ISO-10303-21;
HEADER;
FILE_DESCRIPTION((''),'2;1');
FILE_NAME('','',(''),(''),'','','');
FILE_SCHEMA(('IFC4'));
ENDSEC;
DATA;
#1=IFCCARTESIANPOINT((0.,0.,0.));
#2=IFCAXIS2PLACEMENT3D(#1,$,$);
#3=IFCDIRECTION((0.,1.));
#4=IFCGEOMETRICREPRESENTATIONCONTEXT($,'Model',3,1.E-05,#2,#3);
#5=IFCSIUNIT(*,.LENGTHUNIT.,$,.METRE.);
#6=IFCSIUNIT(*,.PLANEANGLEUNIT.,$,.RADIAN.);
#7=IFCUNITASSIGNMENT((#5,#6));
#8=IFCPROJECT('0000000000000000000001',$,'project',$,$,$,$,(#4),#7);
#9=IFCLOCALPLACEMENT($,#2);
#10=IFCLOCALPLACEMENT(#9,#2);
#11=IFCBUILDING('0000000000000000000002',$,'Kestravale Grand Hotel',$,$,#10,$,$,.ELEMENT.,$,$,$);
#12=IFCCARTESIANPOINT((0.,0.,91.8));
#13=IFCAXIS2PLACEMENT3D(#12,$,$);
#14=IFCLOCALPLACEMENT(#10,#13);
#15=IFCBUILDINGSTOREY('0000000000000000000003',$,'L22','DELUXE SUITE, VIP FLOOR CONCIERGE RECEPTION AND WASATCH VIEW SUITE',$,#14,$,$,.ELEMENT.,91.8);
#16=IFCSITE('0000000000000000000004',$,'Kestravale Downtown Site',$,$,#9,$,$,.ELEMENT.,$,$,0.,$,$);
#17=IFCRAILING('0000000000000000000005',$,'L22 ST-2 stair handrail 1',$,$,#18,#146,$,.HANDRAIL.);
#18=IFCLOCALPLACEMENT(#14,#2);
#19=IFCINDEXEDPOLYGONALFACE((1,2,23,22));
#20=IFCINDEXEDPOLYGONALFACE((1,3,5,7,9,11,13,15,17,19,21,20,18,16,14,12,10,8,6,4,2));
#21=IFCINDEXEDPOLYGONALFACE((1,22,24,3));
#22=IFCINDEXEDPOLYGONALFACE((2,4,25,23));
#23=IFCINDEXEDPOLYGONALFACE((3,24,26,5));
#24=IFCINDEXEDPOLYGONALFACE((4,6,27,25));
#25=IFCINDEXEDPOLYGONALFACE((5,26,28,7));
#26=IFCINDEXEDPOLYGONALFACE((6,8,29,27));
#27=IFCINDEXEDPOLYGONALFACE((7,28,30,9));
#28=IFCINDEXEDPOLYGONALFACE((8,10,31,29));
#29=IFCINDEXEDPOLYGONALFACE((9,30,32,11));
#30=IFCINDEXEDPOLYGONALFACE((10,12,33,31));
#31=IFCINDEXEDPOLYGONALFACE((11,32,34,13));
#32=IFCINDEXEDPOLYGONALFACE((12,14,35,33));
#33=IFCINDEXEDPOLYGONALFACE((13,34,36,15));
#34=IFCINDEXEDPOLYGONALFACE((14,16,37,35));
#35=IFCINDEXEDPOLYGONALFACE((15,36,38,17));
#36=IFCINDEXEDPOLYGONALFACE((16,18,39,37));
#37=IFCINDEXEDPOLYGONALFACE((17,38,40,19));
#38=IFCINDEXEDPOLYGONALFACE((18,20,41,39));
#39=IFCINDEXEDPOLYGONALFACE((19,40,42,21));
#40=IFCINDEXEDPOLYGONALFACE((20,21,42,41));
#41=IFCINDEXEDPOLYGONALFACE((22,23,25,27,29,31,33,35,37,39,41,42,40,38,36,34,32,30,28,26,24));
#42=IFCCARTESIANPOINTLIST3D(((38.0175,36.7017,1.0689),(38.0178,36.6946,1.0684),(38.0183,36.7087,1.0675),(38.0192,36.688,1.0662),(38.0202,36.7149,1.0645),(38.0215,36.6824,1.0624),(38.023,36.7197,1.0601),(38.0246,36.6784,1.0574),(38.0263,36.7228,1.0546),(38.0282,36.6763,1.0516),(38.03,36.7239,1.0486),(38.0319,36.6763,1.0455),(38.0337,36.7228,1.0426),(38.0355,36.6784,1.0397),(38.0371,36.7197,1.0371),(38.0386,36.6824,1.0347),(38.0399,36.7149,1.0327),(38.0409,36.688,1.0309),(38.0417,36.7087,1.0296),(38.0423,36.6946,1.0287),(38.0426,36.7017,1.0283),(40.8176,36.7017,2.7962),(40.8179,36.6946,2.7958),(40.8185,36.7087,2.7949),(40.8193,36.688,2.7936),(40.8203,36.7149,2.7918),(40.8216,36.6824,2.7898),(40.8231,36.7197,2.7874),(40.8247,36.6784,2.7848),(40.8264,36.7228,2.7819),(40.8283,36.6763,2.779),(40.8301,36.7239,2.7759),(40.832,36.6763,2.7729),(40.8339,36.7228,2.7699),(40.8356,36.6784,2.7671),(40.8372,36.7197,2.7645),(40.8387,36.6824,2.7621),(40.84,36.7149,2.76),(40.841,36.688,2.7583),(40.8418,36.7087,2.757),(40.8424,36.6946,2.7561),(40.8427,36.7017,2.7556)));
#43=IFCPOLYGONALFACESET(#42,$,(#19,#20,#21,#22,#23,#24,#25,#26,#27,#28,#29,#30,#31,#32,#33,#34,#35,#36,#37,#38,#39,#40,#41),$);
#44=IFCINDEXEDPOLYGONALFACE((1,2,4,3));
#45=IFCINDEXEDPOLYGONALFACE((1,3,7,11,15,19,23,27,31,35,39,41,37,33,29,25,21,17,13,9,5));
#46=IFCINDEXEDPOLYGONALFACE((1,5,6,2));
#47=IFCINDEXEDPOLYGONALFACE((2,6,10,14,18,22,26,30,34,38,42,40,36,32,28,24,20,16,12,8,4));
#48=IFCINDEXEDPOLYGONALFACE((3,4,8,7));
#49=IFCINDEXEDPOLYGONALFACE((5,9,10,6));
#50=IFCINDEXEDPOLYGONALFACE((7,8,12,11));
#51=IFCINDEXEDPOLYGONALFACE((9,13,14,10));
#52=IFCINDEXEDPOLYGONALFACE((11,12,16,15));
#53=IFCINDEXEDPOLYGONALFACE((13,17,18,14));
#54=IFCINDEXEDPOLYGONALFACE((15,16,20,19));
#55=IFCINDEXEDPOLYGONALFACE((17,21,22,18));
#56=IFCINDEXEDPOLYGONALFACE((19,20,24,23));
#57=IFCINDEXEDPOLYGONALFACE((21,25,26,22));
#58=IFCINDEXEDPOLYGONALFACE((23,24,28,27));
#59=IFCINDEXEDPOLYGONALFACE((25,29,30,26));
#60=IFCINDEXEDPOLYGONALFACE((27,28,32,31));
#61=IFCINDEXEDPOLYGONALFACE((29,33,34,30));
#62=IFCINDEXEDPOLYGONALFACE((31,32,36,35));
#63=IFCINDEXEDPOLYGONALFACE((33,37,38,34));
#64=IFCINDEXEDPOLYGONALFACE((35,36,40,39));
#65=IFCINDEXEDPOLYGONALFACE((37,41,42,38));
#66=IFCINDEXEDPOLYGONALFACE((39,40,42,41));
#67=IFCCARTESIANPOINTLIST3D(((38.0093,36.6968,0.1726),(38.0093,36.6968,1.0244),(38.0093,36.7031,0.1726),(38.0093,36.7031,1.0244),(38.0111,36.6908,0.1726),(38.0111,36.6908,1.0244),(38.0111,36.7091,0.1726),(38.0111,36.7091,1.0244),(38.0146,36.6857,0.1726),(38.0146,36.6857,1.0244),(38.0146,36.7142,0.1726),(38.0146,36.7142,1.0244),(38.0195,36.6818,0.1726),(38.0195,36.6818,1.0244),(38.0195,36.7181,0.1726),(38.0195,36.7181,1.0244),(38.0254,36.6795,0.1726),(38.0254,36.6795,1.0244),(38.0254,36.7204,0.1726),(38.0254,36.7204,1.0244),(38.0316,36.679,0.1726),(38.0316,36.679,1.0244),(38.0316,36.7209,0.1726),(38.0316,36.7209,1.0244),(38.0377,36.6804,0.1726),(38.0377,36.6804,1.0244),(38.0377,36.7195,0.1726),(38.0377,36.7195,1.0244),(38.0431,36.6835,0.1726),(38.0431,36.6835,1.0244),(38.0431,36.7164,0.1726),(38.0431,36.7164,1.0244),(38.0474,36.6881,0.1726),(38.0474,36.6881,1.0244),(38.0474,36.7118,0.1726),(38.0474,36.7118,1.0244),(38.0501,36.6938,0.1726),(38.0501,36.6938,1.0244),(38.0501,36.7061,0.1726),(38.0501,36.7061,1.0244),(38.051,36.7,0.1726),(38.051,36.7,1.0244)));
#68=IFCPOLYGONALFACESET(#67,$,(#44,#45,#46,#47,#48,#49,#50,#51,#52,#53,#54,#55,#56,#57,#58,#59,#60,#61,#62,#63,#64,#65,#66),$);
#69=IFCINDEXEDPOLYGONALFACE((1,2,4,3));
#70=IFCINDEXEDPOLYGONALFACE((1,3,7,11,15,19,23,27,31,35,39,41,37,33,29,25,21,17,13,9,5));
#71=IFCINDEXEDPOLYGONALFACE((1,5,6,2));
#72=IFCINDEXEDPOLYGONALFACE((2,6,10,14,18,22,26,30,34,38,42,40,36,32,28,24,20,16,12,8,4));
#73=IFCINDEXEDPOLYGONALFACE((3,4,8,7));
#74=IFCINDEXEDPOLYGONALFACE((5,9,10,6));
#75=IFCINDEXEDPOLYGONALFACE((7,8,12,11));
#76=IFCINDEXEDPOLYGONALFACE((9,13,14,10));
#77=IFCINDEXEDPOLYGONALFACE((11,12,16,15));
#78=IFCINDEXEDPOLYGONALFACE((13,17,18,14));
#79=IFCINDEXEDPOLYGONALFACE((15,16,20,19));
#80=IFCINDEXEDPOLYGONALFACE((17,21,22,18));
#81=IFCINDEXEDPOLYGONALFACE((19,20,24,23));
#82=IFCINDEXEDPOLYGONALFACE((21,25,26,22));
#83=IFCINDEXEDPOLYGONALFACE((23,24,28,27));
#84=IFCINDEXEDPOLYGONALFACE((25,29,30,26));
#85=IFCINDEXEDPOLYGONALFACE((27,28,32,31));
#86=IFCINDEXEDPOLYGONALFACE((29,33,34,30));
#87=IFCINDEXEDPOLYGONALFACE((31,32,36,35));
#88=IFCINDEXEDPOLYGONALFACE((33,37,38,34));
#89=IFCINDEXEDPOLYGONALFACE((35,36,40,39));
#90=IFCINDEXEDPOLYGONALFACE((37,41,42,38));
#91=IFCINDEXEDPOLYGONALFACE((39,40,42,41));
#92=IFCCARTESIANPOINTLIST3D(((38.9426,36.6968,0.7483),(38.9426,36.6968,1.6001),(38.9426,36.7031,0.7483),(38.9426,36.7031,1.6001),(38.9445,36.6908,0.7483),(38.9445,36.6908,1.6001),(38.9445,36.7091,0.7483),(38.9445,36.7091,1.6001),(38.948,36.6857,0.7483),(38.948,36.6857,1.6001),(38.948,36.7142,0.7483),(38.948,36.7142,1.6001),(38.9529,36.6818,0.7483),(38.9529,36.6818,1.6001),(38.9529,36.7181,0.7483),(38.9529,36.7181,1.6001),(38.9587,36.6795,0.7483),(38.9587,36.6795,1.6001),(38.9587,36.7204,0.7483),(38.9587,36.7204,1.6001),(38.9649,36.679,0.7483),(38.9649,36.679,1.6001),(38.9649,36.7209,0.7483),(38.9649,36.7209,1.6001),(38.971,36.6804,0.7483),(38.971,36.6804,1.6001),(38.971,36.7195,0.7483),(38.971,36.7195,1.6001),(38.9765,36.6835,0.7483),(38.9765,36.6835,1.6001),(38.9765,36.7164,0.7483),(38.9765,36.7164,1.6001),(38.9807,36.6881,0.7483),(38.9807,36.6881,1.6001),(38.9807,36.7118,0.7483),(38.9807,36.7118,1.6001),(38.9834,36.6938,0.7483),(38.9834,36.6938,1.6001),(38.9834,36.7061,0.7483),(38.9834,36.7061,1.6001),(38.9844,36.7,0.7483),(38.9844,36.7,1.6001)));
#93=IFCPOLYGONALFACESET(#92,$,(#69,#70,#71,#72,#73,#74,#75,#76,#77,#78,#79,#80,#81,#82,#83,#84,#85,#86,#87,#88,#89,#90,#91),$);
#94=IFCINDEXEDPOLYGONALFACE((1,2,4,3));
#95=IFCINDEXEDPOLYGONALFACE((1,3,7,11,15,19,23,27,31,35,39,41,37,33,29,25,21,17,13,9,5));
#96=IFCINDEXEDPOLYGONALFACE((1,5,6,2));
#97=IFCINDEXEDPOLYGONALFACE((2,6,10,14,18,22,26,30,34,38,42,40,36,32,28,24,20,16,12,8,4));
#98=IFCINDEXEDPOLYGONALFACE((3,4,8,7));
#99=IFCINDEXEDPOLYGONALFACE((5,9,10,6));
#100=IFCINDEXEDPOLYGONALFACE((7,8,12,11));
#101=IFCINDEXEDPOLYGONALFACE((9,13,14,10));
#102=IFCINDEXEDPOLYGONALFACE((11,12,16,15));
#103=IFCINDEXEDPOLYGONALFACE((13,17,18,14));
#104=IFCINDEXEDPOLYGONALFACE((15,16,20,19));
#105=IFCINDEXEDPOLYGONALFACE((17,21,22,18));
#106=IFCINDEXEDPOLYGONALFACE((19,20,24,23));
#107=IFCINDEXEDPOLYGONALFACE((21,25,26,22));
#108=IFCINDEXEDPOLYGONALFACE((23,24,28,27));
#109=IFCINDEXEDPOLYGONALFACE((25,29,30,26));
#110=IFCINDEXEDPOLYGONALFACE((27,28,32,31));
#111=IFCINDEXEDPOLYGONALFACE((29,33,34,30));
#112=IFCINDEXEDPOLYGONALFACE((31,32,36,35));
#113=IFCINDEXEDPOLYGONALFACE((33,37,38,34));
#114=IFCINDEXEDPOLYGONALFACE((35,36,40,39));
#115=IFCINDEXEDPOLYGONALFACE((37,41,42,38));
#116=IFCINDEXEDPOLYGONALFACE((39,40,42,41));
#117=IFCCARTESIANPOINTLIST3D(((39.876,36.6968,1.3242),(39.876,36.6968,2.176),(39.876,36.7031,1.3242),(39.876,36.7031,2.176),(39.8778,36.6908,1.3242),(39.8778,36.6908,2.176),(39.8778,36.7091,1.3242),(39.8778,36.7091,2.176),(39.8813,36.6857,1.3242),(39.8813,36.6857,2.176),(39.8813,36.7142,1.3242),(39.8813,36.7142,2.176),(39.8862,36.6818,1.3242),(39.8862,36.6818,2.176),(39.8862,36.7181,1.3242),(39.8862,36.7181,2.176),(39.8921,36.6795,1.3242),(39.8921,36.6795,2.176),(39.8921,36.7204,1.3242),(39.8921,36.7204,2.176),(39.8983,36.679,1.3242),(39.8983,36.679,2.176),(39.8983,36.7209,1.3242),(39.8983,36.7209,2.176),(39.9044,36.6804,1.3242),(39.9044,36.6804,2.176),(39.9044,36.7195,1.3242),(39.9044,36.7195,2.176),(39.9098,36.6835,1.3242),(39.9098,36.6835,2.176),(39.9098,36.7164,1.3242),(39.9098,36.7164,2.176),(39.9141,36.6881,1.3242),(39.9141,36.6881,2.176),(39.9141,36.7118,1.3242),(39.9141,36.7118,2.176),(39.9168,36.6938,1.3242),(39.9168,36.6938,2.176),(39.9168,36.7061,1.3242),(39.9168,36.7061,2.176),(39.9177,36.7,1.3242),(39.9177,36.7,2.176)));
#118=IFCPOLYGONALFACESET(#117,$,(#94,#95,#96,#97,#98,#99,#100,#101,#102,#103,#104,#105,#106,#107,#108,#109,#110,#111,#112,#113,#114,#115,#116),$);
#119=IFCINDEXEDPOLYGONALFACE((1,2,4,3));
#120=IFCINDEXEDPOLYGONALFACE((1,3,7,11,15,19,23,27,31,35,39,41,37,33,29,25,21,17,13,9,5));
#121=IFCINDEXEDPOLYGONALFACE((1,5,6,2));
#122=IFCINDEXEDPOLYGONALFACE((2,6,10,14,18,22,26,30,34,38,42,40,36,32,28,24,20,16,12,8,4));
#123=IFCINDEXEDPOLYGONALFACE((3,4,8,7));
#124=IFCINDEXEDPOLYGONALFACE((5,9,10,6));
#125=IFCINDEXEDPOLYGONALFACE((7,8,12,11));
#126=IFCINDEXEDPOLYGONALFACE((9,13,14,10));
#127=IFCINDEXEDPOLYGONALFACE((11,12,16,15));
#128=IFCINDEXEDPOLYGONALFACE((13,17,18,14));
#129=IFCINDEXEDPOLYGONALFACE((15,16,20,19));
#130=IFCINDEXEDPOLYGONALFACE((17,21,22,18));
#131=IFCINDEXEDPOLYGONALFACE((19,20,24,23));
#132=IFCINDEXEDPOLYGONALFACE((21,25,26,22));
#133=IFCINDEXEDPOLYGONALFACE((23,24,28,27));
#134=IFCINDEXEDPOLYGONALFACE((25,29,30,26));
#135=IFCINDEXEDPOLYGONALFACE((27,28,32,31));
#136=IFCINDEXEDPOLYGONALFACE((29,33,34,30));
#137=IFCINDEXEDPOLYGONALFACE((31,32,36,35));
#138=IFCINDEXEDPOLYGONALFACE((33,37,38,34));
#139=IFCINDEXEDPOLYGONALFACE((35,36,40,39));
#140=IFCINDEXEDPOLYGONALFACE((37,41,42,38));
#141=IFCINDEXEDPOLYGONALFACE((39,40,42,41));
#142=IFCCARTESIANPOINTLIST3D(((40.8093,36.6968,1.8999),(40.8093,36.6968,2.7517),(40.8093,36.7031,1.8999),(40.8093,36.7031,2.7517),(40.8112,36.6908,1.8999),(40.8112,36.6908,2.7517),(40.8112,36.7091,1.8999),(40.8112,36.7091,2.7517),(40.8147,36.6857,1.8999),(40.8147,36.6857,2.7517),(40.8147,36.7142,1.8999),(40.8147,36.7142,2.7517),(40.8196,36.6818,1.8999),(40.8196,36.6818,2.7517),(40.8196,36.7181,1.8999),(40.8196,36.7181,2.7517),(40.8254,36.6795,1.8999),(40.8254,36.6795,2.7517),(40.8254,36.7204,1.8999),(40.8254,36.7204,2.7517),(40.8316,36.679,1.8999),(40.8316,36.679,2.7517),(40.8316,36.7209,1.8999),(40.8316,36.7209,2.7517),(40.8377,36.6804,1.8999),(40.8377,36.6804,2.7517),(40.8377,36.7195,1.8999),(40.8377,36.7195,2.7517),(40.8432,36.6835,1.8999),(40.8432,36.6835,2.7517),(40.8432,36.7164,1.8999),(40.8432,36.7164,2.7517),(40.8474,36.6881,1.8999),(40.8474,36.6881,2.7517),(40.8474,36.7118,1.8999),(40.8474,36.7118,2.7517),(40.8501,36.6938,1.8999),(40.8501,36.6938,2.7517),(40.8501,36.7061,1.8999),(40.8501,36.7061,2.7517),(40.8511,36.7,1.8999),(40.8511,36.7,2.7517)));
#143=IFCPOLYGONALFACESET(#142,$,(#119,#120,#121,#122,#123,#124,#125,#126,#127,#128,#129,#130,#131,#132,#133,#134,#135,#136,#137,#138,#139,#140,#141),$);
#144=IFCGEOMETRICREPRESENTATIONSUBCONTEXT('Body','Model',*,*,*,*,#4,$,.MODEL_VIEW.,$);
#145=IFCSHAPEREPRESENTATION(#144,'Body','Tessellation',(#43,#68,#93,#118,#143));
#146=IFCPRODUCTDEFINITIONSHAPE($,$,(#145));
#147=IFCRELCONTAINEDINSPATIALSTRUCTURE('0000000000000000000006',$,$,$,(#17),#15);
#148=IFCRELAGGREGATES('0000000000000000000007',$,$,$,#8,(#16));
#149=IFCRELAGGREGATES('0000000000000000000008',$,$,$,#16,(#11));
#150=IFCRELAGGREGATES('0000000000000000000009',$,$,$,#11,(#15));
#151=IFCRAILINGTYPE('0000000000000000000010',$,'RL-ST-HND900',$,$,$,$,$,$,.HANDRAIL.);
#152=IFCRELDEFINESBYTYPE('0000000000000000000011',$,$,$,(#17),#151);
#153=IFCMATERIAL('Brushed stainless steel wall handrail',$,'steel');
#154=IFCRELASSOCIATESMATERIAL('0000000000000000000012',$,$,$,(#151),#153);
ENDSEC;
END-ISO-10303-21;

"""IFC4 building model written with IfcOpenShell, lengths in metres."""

from ifc_helpers import new_model, si_unit, direction, frame, origin, origin_2d, place, context, subcontext, project, spatial, circle, extrude, material, type_object, element, save


model = new_model("IFC4")

# Units and contexts
model_context = context("Model", 3, precision=1e-05, world=origin(), true_north=direction((0.0, 1.0)))
body_context = subcontext(model_context, "Body", "Model", "MODEL_VIEW")
ifc_project = project(units=[si_unit("LENGTHUNIT", "METRE"), si_unit("PLANEANGLEUNIT", "RADIAN")], contexts=[model_context])

# Site, building, storey
site_placement = place(None, origin())
site = spatial("IfcSite", under=ifc_project, at=site_placement, Name="Kestravale Downtown Site", CompositionType="ELEMENT", RefElevation=0.0)
building_placement = place(site_placement, origin())
building = spatial("IfcBuilding", under=site, at=building_placement, Name="Kestravale Grand Hotel", CompositionType="ELEMENT")
storey_placement = place(building_placement, frame((0.0, 0.0, 91.8)))
storey = spatial("IfcBuildingStorey", under=building, at=storey_placement, Name="L22", Description="DELUXE SUITE, VIP FLOOR CONCIERGE RECEPTION AND WASATCH VIEW SUITE", CompositionType="ELEMENT", Elevation=91.8)

# Railing
ifc_material_1 = material(Name="Brushed stainless steel wall handrail", Category="steel")
railing_type_1 = type_object("IfcRailingType", Name="RL-ST-HND900", PredefinedType="HANDRAIL", material=ifc_material_1)
railing_1_placement = place(storey_placement, frame((38.03, 36.7, 0.1726)))
element("IfcRailing", 1, at=railing_1_placement, inside=storey, type_object=railing_type_1, Name="L22 ST-2 stair handrail 1", PredefinedType="HANDRAIL", context=body_context, shape_type="SweptSolid", body=[
    extrude(circle(Radius=0.0239, at=origin_2d()), frame((0.0, 0.0, 0.876), z_axis=(0.85109, 0.0, 0.52502), x_axis=(0.0, 1.0, 0.0)), (0.0, 0.0, 1.0), 3.29),
    extrude(circle(Radius=0.021, at=origin_2d()), origin(), (0.0, 0.0, 1.0), 0.8518),
    extrude(circle(Radius=0.021, at=origin_2d()), frame((0.9333, 0.0, 0.5757)), (0.0, 0.0, 1.0), 0.8518),
    extrude(circle(Radius=0.021, at=origin_2d()), frame((1.8667, 0.0, 1.1516)), (0.0, 0.0, 1.0), 0.8518),
    extrude(circle(Radius=0.021, at=origin_2d()), frame((2.8, 0.0, 1.7273)), (0.0, 0.0, 1.0), 0.8518),
])

save(model, "model.ifc")
